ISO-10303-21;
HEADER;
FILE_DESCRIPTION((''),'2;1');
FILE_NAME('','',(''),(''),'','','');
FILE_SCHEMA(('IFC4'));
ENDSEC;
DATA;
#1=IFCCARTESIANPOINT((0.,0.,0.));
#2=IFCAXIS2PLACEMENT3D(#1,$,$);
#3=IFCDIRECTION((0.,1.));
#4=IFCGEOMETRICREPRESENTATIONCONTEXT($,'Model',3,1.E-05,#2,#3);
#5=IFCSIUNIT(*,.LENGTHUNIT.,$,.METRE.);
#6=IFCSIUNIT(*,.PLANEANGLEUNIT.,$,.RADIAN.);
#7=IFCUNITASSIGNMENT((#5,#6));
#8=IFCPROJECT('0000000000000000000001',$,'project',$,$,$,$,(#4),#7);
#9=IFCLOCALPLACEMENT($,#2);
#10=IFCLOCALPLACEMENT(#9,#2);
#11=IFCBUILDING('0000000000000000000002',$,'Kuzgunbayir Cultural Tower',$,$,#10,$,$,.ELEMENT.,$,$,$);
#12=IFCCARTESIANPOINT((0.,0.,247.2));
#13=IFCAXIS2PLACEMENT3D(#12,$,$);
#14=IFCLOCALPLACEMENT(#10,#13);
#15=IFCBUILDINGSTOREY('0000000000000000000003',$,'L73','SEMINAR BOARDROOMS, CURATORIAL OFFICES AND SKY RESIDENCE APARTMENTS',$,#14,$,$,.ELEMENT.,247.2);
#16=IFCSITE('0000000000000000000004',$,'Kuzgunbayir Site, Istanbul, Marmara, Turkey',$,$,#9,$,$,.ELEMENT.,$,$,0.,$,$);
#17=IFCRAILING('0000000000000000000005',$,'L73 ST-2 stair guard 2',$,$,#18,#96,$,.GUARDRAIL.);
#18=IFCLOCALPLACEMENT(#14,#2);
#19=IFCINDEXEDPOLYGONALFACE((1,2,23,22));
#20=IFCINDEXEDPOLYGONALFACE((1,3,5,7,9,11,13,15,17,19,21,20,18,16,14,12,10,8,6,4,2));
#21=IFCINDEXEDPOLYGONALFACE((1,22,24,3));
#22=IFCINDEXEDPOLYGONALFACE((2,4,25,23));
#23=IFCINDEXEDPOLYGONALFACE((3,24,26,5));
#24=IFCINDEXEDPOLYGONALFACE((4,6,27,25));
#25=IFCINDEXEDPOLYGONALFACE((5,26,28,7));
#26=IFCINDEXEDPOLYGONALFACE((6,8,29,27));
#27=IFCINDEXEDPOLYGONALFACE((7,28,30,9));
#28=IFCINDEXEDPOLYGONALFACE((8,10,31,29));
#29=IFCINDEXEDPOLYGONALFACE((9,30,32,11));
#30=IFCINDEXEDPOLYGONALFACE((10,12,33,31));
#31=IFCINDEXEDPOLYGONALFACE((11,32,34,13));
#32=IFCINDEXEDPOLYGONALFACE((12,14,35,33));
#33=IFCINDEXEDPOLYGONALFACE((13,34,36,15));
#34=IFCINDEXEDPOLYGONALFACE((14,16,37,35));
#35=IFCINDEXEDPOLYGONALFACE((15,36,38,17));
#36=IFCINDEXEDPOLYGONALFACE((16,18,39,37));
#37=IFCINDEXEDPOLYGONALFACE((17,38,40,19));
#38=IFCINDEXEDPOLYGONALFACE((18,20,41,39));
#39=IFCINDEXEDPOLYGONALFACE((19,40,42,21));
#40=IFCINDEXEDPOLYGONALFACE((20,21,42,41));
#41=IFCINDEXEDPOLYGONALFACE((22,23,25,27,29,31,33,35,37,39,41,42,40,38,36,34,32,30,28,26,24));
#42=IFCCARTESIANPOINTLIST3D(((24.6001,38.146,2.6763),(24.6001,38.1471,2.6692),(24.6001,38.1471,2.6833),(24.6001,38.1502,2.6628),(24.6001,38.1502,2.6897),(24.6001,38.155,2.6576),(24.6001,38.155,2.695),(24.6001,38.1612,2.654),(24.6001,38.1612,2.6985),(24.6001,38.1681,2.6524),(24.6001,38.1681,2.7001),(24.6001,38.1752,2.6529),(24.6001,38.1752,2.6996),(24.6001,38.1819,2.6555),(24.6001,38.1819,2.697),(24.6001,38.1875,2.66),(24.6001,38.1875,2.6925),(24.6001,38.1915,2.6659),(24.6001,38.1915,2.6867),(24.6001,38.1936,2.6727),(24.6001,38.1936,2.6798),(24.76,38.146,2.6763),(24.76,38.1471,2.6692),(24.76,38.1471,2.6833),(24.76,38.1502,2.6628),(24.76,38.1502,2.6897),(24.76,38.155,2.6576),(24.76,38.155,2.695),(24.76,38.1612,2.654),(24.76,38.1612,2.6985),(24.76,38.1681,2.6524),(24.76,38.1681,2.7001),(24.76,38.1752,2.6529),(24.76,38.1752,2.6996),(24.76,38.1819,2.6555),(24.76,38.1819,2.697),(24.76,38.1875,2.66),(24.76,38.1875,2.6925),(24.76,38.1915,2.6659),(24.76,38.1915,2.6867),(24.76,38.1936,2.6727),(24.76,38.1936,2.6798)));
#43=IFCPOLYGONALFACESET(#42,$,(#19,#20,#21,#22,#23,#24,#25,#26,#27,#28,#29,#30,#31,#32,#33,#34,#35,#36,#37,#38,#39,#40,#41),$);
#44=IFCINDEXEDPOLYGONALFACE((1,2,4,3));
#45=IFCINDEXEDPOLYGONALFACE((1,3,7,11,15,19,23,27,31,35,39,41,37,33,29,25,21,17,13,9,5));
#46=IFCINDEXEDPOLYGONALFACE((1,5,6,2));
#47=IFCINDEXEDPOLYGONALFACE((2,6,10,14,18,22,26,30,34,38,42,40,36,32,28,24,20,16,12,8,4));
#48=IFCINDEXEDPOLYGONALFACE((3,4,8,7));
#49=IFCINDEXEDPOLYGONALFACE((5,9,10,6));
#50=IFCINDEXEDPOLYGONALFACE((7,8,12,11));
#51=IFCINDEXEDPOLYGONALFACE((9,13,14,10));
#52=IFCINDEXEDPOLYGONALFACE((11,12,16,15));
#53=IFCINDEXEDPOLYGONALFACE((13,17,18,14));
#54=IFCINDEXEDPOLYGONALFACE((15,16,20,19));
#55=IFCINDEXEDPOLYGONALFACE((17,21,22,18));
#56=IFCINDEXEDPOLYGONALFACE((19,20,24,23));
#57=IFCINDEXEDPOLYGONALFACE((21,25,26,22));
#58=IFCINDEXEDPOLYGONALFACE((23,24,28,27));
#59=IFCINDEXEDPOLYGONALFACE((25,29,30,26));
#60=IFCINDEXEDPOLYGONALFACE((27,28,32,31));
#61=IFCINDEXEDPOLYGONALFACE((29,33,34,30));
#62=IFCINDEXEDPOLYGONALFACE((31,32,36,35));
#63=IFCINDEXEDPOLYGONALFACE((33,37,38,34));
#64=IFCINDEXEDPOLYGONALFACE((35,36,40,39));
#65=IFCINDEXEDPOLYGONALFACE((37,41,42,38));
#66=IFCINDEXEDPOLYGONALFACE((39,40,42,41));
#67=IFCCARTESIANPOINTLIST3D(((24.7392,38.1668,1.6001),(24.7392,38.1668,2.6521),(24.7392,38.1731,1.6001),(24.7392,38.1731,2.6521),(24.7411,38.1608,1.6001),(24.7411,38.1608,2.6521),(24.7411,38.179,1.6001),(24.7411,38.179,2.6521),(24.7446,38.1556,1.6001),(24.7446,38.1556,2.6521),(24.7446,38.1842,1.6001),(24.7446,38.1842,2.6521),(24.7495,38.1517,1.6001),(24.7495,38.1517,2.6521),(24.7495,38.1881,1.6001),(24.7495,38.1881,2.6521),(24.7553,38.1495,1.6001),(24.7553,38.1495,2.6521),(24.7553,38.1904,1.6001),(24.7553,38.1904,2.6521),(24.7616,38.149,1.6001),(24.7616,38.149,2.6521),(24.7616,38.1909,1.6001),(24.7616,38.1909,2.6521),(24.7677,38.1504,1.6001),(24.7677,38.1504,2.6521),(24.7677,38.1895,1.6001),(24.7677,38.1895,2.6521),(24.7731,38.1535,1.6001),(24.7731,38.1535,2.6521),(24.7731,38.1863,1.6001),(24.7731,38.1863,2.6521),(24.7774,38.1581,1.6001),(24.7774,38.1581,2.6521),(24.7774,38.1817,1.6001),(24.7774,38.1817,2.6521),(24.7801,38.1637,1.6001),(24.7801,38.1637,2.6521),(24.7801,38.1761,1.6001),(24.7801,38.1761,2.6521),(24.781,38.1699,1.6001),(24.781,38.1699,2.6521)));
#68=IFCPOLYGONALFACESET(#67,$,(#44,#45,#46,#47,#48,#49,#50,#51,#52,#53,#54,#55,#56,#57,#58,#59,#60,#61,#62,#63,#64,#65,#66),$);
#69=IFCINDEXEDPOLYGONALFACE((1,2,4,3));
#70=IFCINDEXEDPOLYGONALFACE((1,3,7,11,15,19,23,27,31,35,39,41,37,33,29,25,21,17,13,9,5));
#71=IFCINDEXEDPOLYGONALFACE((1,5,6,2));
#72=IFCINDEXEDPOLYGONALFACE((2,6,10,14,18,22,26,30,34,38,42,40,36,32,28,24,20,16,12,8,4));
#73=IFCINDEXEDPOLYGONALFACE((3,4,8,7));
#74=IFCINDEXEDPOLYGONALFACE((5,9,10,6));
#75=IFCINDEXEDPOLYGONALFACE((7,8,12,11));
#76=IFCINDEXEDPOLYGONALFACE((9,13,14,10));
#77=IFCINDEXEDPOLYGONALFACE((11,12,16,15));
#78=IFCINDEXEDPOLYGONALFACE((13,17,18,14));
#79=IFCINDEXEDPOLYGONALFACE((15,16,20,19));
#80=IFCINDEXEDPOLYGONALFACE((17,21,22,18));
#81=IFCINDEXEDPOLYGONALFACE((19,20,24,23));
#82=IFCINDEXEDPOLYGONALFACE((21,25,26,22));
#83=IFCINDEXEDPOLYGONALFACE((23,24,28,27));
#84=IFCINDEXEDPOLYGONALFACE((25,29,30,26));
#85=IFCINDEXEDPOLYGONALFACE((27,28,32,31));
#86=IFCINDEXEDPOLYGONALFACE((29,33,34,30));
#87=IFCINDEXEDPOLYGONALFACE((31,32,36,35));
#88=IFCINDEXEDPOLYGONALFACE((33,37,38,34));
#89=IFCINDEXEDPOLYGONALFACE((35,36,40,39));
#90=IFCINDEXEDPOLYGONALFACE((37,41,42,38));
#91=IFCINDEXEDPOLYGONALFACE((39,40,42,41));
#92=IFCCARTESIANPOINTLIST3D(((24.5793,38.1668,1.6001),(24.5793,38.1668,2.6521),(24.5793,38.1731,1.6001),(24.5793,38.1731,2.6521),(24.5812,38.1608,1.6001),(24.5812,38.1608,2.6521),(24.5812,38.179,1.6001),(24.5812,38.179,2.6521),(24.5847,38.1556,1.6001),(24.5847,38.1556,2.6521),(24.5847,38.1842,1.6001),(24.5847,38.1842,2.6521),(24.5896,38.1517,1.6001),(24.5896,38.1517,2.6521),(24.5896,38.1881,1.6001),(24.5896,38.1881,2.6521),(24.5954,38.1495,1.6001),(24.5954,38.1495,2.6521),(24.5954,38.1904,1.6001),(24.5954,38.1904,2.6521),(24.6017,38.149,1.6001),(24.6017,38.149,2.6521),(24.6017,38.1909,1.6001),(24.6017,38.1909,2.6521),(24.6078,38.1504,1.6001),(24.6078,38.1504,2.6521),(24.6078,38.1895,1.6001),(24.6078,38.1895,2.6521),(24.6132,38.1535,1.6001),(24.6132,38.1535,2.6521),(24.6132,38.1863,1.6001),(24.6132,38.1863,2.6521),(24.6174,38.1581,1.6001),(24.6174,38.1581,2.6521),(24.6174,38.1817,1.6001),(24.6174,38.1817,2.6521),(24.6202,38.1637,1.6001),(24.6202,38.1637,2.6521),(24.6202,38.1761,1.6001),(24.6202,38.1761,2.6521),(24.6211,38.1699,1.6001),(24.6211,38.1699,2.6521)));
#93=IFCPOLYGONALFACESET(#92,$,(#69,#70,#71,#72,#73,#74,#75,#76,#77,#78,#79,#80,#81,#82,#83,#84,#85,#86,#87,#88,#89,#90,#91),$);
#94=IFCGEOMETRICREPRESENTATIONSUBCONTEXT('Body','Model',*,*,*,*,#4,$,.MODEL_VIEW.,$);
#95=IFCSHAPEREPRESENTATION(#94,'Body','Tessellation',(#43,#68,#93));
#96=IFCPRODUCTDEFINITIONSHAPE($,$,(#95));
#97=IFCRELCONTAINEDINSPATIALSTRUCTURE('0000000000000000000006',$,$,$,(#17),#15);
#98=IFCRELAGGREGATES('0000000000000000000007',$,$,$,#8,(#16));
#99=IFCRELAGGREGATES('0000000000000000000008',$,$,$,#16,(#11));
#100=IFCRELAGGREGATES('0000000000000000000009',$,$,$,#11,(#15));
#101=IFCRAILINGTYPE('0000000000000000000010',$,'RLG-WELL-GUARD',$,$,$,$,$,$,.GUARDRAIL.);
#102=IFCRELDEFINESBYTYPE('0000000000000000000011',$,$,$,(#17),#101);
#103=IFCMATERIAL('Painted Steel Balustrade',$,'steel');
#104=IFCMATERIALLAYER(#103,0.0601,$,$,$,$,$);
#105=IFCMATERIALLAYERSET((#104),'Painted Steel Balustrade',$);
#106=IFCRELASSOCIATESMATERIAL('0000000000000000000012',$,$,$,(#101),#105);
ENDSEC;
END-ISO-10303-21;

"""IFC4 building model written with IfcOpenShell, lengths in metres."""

from ifc_helpers import new_model, si_unit, direction, frame, origin, origin_2d, place, context, subcontext, project, spatial, circle, extrude, material, layer, layer_set, type_object, element, save


model = new_model("IFC4")

# Units and contexts
model_context = context("Model", 3, precision=1e-05, world=origin(), true_north=direction((0.0, 1.0)))
body_context = subcontext(model_context, "Body", "Model", "MODEL_VIEW")
ifc_project = project(units=[si_unit("LENGTHUNIT", "METRE"), si_unit("PLANEANGLEUNIT", "RADIAN")], contexts=[model_context])

# Site, building, storey
site_placement = place(None, origin())
site = spatial("IfcSite", under=ifc_project, at=site_placement, Name="Kuzgunbayir Site, Istanbul, Marmara, Turkey", CompositionType="ELEMENT", RefElevation=0.0)
building_placement = place(site_placement, origin())
building = spatial("IfcBuilding", under=site, at=building_placement, Name="Kuzgunbayir Cultural Tower", CompositionType="ELEMENT")
storey_placement = place(building_placement, frame((0.0, 0.0, 247.2)))
storey = spatial("IfcBuildingStorey", under=building, at=storey_placement, Name="L73", Description="SEMINAR BOARDROOMS, CURATORIAL OFFICES AND SKY RESIDENCE APARTMENTS", CompositionType="ELEMENT", Elevation=247.2)

# Railing
ifc_material_1 = material(Name="Painted Steel Balustrade", Category="steel")
ifc_layer_1 = layer(ifc_material_1, 0.0601)
ifc_layer_set_1 = layer_set([ifc_layer_1], Name="Painted Steel Balustrade")
railing_type_1 = type_object("IfcRailingType", Name="RLG-WELL-GUARD", PredefinedType="GUARDRAIL", material=ifc_layer_set_1)
railing_1_placement = place(storey_placement, frame((24.76, 38.1699, 1.6001)))
element("IfcRailing", 1, at=railing_1_placement, inside=storey, type_object=railing_type_1, Name="L73 ST-2 stair guard 2", PredefinedType="GUARDRAIL", context=body_context, shape_type="SweptSolid", body=[
    extrude(circle(Radius=0.0239, at=origin_2d()), frame((0.0, 0.0, 1.0762), z_axis=(-1.0, 0.0, 0.0), x_axis=(0.0, -1.0, 0.0)), (0.0, 0.0, 1.0), 0.1599),
    extrude(circle(Radius=0.021, at=origin_2d()), origin(), (0.0, 0.0, 1.0), 1.052),
    extrude(circle(Radius=0.021, at=origin_2d()), frame((-0.1599, 0.0, 0.0)), (0.0, 0.0, 1.0), 1.052),
])

save(model, "model.ifc")
